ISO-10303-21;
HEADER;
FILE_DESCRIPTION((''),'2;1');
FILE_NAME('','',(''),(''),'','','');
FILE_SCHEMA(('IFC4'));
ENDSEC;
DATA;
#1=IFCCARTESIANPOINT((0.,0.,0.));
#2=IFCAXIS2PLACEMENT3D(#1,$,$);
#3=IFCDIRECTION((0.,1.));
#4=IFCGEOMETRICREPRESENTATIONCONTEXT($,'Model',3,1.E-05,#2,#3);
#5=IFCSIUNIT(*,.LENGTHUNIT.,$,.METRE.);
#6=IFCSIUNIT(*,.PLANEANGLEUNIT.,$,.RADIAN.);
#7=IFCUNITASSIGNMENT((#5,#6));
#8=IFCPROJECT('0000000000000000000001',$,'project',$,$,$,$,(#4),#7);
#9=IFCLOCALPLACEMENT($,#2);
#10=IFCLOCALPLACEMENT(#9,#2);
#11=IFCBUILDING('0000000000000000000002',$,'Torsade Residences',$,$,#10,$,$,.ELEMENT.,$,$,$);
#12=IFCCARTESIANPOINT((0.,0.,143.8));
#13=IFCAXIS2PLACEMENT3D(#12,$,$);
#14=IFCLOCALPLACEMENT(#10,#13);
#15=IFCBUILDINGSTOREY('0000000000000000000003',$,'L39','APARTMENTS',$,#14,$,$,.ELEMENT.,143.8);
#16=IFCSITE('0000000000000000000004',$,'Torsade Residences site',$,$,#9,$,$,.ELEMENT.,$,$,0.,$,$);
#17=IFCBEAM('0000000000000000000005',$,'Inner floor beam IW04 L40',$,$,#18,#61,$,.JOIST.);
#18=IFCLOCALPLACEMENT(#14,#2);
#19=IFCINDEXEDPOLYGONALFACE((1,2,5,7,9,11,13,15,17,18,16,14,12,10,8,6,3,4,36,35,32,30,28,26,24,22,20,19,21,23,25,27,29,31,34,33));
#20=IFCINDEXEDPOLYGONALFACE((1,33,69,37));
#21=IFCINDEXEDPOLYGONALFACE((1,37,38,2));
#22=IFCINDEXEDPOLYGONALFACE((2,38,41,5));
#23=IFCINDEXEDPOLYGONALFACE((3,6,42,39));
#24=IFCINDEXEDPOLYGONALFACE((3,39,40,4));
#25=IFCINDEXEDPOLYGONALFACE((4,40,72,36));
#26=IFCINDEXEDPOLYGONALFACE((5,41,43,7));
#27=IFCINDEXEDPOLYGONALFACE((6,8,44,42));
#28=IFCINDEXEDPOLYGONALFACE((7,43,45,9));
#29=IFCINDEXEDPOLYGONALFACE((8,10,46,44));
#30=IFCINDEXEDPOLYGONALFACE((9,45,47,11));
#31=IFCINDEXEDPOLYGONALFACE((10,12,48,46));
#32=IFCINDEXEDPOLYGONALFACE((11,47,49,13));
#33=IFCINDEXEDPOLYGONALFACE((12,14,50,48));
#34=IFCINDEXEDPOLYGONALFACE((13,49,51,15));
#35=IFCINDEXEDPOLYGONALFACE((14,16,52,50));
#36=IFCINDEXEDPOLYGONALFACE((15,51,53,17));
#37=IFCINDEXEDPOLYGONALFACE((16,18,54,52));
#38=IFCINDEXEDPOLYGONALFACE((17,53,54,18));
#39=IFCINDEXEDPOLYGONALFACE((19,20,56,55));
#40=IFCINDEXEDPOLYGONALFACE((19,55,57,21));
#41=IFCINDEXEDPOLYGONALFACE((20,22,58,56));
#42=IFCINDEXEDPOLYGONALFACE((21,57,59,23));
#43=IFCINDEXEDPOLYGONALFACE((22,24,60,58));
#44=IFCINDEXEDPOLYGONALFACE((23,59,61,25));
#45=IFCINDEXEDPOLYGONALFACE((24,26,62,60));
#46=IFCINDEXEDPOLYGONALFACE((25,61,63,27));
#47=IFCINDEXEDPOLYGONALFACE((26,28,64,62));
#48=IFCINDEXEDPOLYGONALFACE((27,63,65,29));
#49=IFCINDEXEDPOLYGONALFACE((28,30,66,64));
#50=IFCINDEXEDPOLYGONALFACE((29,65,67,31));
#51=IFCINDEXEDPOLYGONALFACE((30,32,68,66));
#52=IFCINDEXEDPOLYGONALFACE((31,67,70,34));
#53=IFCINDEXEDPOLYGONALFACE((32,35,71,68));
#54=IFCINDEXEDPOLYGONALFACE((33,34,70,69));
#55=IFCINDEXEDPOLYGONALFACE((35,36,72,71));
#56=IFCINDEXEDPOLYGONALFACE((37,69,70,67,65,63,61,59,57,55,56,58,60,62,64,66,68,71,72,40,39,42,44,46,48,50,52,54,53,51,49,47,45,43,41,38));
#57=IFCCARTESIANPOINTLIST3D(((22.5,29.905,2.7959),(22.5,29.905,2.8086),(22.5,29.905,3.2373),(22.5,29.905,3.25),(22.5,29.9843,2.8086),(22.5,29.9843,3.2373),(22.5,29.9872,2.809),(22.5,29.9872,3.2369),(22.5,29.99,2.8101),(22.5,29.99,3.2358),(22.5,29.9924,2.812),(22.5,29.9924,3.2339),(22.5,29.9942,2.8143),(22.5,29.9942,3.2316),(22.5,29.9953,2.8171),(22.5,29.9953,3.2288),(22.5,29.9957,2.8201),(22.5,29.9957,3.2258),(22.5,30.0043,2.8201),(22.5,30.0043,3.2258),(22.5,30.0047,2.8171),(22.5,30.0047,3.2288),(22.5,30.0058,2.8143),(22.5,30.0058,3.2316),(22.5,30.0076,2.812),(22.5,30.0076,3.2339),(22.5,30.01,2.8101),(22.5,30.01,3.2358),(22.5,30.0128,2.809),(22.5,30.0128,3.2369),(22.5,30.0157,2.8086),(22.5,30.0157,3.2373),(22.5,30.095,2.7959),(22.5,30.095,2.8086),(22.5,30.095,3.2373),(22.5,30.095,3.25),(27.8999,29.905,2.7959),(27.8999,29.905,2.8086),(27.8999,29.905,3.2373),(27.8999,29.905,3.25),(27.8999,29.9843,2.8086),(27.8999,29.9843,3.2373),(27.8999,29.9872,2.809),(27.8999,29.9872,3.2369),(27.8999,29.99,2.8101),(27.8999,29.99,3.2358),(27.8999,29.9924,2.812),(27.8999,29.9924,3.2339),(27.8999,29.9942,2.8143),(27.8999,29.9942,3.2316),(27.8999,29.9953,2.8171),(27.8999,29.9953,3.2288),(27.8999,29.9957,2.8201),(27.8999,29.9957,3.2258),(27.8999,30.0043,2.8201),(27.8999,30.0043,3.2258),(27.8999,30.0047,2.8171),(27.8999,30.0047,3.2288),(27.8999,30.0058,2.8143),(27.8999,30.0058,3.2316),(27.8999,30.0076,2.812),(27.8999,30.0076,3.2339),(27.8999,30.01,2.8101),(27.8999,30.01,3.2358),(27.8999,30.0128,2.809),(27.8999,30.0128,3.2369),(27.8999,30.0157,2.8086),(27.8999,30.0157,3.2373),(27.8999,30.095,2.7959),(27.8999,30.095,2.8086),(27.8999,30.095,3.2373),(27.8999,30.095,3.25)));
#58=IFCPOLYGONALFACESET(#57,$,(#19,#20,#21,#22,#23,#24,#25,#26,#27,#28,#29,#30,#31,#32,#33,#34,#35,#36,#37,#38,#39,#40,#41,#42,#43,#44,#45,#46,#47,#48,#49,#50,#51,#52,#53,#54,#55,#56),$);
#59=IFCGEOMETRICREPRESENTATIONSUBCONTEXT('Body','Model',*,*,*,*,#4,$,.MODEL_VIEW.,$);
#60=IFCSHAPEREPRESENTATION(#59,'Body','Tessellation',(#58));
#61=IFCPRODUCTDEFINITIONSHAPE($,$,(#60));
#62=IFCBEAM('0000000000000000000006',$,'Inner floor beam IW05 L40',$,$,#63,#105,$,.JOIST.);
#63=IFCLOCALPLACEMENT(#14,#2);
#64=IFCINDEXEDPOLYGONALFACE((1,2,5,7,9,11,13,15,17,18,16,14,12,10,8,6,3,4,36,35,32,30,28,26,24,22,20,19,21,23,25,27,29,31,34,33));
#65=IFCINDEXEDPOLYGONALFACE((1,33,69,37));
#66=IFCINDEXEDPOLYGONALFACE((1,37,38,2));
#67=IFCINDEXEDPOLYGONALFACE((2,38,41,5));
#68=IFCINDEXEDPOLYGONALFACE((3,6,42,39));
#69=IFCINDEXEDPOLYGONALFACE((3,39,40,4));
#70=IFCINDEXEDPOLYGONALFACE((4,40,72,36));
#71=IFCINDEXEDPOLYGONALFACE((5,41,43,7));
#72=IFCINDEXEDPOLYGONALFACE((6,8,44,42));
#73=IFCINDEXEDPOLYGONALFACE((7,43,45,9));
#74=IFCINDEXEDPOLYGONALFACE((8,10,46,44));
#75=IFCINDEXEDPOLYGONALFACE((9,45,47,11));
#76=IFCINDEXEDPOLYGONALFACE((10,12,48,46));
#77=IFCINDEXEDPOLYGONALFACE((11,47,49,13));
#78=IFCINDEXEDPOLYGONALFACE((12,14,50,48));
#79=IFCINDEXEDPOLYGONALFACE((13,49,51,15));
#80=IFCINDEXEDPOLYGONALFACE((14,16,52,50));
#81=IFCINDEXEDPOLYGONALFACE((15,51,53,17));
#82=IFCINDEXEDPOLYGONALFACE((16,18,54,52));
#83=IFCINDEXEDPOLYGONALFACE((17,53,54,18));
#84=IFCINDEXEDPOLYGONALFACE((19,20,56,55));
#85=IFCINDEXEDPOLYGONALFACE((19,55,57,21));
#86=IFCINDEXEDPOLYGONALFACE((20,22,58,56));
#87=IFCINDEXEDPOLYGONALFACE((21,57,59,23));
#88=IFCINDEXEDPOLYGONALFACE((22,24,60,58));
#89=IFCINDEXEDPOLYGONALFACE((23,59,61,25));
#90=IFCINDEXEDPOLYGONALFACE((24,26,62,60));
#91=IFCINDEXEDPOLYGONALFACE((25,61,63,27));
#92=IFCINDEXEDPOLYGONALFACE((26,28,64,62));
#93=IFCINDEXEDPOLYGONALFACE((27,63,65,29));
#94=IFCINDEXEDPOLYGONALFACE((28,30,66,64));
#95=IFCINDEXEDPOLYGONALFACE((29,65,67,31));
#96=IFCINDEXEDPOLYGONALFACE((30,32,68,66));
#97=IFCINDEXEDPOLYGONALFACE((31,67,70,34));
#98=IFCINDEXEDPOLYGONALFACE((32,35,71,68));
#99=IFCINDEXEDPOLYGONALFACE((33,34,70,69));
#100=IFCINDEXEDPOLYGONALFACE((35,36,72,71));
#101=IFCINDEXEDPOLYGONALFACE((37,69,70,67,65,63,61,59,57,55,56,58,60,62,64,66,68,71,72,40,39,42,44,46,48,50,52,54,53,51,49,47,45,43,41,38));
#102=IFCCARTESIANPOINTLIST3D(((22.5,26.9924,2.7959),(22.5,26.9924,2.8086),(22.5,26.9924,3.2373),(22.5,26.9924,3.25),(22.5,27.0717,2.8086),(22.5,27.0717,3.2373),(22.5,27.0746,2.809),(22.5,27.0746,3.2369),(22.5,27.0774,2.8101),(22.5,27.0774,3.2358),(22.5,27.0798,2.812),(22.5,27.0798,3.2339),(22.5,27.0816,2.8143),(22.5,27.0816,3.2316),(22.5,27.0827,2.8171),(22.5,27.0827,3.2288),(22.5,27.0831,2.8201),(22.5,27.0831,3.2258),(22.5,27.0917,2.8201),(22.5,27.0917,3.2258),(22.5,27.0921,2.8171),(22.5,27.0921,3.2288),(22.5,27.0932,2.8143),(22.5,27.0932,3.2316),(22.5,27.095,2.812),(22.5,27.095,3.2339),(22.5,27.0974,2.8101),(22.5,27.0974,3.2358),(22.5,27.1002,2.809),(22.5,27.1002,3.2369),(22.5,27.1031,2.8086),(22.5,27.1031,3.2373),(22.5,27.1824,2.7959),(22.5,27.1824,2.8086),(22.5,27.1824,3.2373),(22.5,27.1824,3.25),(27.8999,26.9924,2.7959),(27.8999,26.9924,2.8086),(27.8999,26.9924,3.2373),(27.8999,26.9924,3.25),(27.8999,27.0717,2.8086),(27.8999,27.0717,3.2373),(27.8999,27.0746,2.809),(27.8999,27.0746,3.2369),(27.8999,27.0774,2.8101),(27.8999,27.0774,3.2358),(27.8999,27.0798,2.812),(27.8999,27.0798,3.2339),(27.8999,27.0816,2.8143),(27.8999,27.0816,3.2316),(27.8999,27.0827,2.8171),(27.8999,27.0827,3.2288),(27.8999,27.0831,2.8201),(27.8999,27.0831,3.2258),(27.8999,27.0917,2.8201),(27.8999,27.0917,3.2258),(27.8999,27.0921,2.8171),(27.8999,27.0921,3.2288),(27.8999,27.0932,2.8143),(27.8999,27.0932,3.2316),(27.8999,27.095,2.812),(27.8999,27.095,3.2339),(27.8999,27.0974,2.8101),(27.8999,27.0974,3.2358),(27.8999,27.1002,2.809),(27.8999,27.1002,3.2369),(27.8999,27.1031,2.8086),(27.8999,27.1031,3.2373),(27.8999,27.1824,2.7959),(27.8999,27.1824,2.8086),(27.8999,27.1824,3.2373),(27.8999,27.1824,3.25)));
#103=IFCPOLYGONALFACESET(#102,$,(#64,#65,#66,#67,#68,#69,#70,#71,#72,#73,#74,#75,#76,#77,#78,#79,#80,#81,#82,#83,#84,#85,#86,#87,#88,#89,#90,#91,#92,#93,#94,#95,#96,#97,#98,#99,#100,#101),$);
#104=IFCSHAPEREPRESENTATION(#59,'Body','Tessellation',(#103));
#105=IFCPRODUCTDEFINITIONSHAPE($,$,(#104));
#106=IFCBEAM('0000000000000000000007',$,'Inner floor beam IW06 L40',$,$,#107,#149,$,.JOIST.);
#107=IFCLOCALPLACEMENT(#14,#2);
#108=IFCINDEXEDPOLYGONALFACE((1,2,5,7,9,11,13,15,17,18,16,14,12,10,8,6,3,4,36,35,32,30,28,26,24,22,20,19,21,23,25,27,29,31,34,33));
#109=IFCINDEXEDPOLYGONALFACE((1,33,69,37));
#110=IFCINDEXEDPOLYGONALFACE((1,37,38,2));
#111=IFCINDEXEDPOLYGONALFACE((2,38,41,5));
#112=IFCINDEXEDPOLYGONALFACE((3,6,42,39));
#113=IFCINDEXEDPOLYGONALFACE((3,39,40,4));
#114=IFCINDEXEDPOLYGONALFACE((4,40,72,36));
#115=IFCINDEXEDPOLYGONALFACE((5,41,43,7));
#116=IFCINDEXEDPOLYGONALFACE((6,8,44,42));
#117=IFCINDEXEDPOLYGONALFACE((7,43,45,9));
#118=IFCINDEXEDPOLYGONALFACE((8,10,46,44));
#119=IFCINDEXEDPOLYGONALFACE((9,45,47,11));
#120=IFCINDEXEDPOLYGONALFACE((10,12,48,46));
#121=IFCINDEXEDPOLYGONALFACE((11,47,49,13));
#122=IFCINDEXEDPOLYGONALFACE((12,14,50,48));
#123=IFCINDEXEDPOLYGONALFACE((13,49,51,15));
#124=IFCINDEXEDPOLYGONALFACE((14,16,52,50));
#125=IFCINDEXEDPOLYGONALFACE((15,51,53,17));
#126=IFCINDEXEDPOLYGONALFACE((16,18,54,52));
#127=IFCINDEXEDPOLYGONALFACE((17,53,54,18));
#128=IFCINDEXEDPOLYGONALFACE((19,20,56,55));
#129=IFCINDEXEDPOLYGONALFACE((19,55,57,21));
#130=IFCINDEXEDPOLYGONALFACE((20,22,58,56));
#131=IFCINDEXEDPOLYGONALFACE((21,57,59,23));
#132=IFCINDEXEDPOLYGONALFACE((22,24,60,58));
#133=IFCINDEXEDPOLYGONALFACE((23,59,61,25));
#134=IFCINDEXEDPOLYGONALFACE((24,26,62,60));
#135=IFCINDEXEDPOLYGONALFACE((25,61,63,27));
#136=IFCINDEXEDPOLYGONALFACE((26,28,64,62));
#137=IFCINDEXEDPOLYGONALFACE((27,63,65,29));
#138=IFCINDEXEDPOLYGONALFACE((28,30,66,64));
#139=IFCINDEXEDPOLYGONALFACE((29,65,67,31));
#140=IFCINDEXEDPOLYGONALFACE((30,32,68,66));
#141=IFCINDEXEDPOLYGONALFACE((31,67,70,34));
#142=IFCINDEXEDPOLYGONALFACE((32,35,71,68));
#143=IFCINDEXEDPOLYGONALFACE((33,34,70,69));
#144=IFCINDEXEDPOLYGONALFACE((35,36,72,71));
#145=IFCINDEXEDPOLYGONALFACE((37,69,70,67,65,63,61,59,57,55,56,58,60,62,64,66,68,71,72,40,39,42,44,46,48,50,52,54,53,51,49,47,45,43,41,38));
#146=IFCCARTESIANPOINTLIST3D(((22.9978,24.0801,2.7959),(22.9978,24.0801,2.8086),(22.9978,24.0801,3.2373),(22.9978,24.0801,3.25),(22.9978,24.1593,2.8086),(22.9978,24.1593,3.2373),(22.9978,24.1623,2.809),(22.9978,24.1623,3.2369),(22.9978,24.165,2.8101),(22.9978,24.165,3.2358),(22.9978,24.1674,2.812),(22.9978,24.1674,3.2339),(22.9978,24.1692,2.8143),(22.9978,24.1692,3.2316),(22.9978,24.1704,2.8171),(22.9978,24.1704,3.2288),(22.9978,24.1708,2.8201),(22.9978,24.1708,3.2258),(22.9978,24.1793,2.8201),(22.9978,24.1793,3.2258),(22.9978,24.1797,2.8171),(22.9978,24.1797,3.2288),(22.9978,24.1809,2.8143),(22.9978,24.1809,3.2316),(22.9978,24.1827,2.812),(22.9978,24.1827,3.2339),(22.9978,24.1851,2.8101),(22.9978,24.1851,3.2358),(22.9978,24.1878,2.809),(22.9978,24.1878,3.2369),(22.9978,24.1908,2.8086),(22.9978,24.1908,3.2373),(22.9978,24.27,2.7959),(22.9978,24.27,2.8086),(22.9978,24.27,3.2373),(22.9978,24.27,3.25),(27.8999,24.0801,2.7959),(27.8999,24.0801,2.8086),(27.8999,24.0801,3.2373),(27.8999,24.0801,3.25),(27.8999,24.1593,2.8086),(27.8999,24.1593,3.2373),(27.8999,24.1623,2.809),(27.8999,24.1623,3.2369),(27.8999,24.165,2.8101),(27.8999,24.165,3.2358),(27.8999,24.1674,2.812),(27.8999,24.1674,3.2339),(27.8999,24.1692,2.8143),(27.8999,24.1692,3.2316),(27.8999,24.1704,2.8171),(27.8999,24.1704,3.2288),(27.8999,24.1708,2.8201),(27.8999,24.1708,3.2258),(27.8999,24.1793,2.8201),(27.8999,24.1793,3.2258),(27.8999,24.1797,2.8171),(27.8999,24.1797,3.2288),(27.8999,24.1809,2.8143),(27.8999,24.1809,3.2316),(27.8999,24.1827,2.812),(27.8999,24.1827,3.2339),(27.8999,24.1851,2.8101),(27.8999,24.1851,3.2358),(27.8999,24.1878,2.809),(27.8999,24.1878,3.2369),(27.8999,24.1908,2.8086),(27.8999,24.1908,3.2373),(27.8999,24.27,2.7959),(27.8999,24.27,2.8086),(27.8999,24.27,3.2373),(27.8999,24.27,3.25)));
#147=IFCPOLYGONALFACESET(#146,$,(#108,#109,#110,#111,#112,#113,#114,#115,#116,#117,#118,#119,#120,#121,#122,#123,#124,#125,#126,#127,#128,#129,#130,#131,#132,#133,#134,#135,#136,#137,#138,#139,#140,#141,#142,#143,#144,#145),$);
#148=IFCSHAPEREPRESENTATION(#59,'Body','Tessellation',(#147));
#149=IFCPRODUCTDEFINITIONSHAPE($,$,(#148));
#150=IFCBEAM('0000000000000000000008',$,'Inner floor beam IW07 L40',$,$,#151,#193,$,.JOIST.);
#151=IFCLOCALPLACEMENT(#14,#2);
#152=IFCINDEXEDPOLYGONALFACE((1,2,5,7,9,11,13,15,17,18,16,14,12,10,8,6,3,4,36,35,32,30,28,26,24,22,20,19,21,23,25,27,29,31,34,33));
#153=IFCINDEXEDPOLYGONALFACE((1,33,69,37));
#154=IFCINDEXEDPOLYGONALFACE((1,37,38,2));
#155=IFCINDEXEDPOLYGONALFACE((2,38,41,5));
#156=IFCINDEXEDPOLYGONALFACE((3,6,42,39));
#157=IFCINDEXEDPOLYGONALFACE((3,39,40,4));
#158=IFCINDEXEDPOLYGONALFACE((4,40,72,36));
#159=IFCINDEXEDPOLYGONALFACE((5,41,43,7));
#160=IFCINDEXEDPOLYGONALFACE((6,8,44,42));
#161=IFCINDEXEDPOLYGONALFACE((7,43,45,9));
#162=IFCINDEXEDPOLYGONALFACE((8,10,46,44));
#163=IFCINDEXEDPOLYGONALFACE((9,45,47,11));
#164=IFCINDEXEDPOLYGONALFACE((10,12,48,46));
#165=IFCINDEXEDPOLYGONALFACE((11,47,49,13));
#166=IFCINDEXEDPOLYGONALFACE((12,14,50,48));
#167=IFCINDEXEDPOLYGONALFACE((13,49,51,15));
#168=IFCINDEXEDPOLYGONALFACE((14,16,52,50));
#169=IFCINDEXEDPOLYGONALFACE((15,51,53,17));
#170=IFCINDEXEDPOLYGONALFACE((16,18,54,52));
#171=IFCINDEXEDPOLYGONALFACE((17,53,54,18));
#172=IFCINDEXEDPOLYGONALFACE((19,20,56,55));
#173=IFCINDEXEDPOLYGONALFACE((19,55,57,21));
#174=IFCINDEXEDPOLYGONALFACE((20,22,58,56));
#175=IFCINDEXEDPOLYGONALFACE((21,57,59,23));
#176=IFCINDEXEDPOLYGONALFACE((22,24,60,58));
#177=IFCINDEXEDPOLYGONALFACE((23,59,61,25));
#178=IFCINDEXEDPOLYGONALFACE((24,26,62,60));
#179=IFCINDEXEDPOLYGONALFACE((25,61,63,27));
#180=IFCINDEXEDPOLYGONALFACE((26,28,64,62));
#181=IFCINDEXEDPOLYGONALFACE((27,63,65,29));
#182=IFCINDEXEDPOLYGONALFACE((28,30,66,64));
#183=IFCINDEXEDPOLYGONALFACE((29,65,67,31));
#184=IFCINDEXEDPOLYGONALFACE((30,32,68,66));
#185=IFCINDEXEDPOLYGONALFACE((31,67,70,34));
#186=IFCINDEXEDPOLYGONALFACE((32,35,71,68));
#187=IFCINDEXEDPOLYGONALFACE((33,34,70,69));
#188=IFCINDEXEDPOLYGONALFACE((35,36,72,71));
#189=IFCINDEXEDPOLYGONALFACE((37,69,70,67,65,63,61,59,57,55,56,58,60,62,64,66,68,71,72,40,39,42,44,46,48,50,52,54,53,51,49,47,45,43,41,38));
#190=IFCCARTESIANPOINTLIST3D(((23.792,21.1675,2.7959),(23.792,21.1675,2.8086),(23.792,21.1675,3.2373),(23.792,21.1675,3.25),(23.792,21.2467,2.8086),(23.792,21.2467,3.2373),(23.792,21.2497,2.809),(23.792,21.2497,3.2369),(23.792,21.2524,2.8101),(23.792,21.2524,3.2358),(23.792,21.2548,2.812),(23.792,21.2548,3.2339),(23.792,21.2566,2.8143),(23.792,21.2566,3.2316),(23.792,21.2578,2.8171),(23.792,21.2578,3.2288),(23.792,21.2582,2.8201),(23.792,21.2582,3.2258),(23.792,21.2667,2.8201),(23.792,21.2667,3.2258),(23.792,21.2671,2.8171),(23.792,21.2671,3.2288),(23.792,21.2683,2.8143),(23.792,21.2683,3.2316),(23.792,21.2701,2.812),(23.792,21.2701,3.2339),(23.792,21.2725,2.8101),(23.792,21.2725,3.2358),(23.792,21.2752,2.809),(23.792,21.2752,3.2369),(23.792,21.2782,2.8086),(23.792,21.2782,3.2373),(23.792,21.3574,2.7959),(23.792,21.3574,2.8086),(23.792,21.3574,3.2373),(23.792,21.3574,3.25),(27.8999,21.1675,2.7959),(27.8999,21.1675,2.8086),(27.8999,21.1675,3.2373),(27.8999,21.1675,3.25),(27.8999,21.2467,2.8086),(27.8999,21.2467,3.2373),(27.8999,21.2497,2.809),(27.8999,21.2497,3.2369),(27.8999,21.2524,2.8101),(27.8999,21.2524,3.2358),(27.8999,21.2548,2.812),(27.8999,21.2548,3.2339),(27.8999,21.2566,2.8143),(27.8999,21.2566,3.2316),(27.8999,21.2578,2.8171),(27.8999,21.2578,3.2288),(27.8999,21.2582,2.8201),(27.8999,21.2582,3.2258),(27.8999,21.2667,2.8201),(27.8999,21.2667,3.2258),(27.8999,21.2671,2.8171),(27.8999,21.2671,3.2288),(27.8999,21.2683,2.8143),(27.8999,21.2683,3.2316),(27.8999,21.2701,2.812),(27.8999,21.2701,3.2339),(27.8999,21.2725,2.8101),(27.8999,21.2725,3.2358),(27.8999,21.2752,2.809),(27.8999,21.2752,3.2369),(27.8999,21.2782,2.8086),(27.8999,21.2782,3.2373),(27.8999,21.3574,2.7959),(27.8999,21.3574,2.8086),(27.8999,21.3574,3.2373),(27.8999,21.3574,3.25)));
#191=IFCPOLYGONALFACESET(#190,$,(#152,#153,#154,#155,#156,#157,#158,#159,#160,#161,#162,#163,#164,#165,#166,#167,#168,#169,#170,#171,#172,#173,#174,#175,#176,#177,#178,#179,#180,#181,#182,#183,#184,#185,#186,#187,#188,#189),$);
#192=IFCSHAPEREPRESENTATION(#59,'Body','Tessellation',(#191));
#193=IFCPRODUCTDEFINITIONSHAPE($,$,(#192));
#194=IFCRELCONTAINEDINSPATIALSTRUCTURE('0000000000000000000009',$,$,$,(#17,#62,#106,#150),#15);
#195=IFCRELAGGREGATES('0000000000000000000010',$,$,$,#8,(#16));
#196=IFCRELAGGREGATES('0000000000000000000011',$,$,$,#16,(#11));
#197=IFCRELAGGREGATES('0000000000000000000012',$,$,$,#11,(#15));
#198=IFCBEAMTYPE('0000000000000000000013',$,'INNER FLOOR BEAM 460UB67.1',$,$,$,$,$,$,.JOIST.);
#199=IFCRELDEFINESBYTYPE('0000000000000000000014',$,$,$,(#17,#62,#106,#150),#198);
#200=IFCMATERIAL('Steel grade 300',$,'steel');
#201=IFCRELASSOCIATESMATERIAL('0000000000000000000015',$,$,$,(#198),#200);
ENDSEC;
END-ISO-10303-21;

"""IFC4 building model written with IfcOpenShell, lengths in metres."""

from ifc_helpers import new_model, si_unit, direction, frame, origin, origin_2d, place, context, subcontext, project, spatial, i_section, extrude, material, material_profile, profile_set, type_object, element, save


model = new_model("IFC4")

# Units and contexts
model_context = context("Model", 3, precision=1e-05, world=origin(), true_north=direction((0.0, 1.0)))
body_context = subcontext(model_context, "Body", "Model", "MODEL_VIEW")
ifc_project = project(units=[si_unit("LENGTHUNIT", "METRE"), si_unit("PLANEANGLEUNIT", "RADIAN")], contexts=[model_context])

# Site, building, storey
site_placement = place(None, origin())
site = spatial("IfcSite", under=ifc_project, at=site_placement, Name="Torsade Residences site", CompositionType="ELEMENT", RefElevation=0.0)
building_placement = place(site_placement, origin())
building = spatial("IfcBuilding", under=site, at=building_placement, Name="Torsade Residences", CompositionType="ELEMENT")
storey_placement = place(building_placement, frame((0.0, 0.0, 143.8)))
storey = spatial("IfcBuildingStorey", under=building, at=storey_placement, Name="L39", Description="APARTMENTS", CompositionType="ELEMENT", Elevation=143.8)

# Beams
ifc_material_1 = material(Name="Steel grade 300", Category="steel")
ifc_material_profile_1 = material_profile(ifc_material_1, i_section(OverallWidth=0.1899, OverallDepth=0.4541, WebThickness=0.0085, FlangeThickness=0.0127, FilletRadius=0.0115, at=origin_2d()), Name="460UB67.1")
ifc_profile_set_1 = profile_set([ifc_material_profile_1], Name="Steel grade 300")
beam_type_1 = type_object("IfcBeamType", Name="INNER FLOOR BEAM 460UB67.1", PredefinedType="JOIST", material=ifc_profile_set_1)
for number, where, z_axis, x_axis, name in (
    (1, (27.8999, 30.0, 3.0229), (-1.0, 0.0, 0.0), (0.0, -1.0, 0.0), "Inner floor beam IW04 L40"),
    (2, (27.8999, 27.0874, 3.0229), (-1.0, 0.0, 0.0), (0.0, -1.0, 0.0), "Inner floor beam IW05 L40"),
):
    element("IfcBeam", number, at=place(storey_placement, frame(where, z_axis=z_axis, x_axis=x_axis)), inside=storey, type_object=beam_type_1, Name=name, PredefinedType="JOIST", context=body_context, shape_type="SweptSolid", body=[
        extrude(i_section(OverallWidth=0.1899, OverallDepth=0.4541, WebThickness=0.0085, FlangeThickness=0.0127, FilletRadius=0.0115, at=origin_2d()), origin(), (0.0, 0.0, 1.0), 5.3999),
    ])
beam_1_placement = place(storey_placement, frame((27.8999, 24.175, 3.0229), z_axis=(-1.0, 0.0, 0.0), x_axis=(0.0, -1.0, 0.0)))
element("IfcBeam", 3, at=beam_1_placement, inside=storey, type_object=beam_type_1, Name="Inner floor beam IW06 L40", PredefinedType="JOIST", context=body_context, shape_type="SweptSolid", body=[
    extrude(i_section(OverallWidth=0.1899, OverallDepth=0.4541, WebThickness=0.0085, FlangeThickness=0.0127, FilletRadius=0.0115, at=origin_2d()), origin(), (0.0, 0.0, 1.0), 4.9021),
])
beam_2_placement = place(storey_placement, frame((27.8999, 21.2625, 3.0229), z_axis=(-1.0, 0.0, 0.0), x_axis=(0.0, -1.0, 0.0)))
element("IfcBeam", 4, at=beam_2_placement, inside=storey, type_object=beam_type_1, Name="Inner floor beam IW07 L40", PredefinedType="JOIST", context=body_context, shape_type="SweptSolid", body=[
    extrude(i_section(OverallWidth=0.1899, OverallDepth=0.4541, WebThickness=0.0085, FlangeThickness=0.0127, FilletRadius=0.0115, at=origin_2d()), origin(), (0.0, 0.0, 1.0), 4.1079),
])

save(model, "model.ifc")
